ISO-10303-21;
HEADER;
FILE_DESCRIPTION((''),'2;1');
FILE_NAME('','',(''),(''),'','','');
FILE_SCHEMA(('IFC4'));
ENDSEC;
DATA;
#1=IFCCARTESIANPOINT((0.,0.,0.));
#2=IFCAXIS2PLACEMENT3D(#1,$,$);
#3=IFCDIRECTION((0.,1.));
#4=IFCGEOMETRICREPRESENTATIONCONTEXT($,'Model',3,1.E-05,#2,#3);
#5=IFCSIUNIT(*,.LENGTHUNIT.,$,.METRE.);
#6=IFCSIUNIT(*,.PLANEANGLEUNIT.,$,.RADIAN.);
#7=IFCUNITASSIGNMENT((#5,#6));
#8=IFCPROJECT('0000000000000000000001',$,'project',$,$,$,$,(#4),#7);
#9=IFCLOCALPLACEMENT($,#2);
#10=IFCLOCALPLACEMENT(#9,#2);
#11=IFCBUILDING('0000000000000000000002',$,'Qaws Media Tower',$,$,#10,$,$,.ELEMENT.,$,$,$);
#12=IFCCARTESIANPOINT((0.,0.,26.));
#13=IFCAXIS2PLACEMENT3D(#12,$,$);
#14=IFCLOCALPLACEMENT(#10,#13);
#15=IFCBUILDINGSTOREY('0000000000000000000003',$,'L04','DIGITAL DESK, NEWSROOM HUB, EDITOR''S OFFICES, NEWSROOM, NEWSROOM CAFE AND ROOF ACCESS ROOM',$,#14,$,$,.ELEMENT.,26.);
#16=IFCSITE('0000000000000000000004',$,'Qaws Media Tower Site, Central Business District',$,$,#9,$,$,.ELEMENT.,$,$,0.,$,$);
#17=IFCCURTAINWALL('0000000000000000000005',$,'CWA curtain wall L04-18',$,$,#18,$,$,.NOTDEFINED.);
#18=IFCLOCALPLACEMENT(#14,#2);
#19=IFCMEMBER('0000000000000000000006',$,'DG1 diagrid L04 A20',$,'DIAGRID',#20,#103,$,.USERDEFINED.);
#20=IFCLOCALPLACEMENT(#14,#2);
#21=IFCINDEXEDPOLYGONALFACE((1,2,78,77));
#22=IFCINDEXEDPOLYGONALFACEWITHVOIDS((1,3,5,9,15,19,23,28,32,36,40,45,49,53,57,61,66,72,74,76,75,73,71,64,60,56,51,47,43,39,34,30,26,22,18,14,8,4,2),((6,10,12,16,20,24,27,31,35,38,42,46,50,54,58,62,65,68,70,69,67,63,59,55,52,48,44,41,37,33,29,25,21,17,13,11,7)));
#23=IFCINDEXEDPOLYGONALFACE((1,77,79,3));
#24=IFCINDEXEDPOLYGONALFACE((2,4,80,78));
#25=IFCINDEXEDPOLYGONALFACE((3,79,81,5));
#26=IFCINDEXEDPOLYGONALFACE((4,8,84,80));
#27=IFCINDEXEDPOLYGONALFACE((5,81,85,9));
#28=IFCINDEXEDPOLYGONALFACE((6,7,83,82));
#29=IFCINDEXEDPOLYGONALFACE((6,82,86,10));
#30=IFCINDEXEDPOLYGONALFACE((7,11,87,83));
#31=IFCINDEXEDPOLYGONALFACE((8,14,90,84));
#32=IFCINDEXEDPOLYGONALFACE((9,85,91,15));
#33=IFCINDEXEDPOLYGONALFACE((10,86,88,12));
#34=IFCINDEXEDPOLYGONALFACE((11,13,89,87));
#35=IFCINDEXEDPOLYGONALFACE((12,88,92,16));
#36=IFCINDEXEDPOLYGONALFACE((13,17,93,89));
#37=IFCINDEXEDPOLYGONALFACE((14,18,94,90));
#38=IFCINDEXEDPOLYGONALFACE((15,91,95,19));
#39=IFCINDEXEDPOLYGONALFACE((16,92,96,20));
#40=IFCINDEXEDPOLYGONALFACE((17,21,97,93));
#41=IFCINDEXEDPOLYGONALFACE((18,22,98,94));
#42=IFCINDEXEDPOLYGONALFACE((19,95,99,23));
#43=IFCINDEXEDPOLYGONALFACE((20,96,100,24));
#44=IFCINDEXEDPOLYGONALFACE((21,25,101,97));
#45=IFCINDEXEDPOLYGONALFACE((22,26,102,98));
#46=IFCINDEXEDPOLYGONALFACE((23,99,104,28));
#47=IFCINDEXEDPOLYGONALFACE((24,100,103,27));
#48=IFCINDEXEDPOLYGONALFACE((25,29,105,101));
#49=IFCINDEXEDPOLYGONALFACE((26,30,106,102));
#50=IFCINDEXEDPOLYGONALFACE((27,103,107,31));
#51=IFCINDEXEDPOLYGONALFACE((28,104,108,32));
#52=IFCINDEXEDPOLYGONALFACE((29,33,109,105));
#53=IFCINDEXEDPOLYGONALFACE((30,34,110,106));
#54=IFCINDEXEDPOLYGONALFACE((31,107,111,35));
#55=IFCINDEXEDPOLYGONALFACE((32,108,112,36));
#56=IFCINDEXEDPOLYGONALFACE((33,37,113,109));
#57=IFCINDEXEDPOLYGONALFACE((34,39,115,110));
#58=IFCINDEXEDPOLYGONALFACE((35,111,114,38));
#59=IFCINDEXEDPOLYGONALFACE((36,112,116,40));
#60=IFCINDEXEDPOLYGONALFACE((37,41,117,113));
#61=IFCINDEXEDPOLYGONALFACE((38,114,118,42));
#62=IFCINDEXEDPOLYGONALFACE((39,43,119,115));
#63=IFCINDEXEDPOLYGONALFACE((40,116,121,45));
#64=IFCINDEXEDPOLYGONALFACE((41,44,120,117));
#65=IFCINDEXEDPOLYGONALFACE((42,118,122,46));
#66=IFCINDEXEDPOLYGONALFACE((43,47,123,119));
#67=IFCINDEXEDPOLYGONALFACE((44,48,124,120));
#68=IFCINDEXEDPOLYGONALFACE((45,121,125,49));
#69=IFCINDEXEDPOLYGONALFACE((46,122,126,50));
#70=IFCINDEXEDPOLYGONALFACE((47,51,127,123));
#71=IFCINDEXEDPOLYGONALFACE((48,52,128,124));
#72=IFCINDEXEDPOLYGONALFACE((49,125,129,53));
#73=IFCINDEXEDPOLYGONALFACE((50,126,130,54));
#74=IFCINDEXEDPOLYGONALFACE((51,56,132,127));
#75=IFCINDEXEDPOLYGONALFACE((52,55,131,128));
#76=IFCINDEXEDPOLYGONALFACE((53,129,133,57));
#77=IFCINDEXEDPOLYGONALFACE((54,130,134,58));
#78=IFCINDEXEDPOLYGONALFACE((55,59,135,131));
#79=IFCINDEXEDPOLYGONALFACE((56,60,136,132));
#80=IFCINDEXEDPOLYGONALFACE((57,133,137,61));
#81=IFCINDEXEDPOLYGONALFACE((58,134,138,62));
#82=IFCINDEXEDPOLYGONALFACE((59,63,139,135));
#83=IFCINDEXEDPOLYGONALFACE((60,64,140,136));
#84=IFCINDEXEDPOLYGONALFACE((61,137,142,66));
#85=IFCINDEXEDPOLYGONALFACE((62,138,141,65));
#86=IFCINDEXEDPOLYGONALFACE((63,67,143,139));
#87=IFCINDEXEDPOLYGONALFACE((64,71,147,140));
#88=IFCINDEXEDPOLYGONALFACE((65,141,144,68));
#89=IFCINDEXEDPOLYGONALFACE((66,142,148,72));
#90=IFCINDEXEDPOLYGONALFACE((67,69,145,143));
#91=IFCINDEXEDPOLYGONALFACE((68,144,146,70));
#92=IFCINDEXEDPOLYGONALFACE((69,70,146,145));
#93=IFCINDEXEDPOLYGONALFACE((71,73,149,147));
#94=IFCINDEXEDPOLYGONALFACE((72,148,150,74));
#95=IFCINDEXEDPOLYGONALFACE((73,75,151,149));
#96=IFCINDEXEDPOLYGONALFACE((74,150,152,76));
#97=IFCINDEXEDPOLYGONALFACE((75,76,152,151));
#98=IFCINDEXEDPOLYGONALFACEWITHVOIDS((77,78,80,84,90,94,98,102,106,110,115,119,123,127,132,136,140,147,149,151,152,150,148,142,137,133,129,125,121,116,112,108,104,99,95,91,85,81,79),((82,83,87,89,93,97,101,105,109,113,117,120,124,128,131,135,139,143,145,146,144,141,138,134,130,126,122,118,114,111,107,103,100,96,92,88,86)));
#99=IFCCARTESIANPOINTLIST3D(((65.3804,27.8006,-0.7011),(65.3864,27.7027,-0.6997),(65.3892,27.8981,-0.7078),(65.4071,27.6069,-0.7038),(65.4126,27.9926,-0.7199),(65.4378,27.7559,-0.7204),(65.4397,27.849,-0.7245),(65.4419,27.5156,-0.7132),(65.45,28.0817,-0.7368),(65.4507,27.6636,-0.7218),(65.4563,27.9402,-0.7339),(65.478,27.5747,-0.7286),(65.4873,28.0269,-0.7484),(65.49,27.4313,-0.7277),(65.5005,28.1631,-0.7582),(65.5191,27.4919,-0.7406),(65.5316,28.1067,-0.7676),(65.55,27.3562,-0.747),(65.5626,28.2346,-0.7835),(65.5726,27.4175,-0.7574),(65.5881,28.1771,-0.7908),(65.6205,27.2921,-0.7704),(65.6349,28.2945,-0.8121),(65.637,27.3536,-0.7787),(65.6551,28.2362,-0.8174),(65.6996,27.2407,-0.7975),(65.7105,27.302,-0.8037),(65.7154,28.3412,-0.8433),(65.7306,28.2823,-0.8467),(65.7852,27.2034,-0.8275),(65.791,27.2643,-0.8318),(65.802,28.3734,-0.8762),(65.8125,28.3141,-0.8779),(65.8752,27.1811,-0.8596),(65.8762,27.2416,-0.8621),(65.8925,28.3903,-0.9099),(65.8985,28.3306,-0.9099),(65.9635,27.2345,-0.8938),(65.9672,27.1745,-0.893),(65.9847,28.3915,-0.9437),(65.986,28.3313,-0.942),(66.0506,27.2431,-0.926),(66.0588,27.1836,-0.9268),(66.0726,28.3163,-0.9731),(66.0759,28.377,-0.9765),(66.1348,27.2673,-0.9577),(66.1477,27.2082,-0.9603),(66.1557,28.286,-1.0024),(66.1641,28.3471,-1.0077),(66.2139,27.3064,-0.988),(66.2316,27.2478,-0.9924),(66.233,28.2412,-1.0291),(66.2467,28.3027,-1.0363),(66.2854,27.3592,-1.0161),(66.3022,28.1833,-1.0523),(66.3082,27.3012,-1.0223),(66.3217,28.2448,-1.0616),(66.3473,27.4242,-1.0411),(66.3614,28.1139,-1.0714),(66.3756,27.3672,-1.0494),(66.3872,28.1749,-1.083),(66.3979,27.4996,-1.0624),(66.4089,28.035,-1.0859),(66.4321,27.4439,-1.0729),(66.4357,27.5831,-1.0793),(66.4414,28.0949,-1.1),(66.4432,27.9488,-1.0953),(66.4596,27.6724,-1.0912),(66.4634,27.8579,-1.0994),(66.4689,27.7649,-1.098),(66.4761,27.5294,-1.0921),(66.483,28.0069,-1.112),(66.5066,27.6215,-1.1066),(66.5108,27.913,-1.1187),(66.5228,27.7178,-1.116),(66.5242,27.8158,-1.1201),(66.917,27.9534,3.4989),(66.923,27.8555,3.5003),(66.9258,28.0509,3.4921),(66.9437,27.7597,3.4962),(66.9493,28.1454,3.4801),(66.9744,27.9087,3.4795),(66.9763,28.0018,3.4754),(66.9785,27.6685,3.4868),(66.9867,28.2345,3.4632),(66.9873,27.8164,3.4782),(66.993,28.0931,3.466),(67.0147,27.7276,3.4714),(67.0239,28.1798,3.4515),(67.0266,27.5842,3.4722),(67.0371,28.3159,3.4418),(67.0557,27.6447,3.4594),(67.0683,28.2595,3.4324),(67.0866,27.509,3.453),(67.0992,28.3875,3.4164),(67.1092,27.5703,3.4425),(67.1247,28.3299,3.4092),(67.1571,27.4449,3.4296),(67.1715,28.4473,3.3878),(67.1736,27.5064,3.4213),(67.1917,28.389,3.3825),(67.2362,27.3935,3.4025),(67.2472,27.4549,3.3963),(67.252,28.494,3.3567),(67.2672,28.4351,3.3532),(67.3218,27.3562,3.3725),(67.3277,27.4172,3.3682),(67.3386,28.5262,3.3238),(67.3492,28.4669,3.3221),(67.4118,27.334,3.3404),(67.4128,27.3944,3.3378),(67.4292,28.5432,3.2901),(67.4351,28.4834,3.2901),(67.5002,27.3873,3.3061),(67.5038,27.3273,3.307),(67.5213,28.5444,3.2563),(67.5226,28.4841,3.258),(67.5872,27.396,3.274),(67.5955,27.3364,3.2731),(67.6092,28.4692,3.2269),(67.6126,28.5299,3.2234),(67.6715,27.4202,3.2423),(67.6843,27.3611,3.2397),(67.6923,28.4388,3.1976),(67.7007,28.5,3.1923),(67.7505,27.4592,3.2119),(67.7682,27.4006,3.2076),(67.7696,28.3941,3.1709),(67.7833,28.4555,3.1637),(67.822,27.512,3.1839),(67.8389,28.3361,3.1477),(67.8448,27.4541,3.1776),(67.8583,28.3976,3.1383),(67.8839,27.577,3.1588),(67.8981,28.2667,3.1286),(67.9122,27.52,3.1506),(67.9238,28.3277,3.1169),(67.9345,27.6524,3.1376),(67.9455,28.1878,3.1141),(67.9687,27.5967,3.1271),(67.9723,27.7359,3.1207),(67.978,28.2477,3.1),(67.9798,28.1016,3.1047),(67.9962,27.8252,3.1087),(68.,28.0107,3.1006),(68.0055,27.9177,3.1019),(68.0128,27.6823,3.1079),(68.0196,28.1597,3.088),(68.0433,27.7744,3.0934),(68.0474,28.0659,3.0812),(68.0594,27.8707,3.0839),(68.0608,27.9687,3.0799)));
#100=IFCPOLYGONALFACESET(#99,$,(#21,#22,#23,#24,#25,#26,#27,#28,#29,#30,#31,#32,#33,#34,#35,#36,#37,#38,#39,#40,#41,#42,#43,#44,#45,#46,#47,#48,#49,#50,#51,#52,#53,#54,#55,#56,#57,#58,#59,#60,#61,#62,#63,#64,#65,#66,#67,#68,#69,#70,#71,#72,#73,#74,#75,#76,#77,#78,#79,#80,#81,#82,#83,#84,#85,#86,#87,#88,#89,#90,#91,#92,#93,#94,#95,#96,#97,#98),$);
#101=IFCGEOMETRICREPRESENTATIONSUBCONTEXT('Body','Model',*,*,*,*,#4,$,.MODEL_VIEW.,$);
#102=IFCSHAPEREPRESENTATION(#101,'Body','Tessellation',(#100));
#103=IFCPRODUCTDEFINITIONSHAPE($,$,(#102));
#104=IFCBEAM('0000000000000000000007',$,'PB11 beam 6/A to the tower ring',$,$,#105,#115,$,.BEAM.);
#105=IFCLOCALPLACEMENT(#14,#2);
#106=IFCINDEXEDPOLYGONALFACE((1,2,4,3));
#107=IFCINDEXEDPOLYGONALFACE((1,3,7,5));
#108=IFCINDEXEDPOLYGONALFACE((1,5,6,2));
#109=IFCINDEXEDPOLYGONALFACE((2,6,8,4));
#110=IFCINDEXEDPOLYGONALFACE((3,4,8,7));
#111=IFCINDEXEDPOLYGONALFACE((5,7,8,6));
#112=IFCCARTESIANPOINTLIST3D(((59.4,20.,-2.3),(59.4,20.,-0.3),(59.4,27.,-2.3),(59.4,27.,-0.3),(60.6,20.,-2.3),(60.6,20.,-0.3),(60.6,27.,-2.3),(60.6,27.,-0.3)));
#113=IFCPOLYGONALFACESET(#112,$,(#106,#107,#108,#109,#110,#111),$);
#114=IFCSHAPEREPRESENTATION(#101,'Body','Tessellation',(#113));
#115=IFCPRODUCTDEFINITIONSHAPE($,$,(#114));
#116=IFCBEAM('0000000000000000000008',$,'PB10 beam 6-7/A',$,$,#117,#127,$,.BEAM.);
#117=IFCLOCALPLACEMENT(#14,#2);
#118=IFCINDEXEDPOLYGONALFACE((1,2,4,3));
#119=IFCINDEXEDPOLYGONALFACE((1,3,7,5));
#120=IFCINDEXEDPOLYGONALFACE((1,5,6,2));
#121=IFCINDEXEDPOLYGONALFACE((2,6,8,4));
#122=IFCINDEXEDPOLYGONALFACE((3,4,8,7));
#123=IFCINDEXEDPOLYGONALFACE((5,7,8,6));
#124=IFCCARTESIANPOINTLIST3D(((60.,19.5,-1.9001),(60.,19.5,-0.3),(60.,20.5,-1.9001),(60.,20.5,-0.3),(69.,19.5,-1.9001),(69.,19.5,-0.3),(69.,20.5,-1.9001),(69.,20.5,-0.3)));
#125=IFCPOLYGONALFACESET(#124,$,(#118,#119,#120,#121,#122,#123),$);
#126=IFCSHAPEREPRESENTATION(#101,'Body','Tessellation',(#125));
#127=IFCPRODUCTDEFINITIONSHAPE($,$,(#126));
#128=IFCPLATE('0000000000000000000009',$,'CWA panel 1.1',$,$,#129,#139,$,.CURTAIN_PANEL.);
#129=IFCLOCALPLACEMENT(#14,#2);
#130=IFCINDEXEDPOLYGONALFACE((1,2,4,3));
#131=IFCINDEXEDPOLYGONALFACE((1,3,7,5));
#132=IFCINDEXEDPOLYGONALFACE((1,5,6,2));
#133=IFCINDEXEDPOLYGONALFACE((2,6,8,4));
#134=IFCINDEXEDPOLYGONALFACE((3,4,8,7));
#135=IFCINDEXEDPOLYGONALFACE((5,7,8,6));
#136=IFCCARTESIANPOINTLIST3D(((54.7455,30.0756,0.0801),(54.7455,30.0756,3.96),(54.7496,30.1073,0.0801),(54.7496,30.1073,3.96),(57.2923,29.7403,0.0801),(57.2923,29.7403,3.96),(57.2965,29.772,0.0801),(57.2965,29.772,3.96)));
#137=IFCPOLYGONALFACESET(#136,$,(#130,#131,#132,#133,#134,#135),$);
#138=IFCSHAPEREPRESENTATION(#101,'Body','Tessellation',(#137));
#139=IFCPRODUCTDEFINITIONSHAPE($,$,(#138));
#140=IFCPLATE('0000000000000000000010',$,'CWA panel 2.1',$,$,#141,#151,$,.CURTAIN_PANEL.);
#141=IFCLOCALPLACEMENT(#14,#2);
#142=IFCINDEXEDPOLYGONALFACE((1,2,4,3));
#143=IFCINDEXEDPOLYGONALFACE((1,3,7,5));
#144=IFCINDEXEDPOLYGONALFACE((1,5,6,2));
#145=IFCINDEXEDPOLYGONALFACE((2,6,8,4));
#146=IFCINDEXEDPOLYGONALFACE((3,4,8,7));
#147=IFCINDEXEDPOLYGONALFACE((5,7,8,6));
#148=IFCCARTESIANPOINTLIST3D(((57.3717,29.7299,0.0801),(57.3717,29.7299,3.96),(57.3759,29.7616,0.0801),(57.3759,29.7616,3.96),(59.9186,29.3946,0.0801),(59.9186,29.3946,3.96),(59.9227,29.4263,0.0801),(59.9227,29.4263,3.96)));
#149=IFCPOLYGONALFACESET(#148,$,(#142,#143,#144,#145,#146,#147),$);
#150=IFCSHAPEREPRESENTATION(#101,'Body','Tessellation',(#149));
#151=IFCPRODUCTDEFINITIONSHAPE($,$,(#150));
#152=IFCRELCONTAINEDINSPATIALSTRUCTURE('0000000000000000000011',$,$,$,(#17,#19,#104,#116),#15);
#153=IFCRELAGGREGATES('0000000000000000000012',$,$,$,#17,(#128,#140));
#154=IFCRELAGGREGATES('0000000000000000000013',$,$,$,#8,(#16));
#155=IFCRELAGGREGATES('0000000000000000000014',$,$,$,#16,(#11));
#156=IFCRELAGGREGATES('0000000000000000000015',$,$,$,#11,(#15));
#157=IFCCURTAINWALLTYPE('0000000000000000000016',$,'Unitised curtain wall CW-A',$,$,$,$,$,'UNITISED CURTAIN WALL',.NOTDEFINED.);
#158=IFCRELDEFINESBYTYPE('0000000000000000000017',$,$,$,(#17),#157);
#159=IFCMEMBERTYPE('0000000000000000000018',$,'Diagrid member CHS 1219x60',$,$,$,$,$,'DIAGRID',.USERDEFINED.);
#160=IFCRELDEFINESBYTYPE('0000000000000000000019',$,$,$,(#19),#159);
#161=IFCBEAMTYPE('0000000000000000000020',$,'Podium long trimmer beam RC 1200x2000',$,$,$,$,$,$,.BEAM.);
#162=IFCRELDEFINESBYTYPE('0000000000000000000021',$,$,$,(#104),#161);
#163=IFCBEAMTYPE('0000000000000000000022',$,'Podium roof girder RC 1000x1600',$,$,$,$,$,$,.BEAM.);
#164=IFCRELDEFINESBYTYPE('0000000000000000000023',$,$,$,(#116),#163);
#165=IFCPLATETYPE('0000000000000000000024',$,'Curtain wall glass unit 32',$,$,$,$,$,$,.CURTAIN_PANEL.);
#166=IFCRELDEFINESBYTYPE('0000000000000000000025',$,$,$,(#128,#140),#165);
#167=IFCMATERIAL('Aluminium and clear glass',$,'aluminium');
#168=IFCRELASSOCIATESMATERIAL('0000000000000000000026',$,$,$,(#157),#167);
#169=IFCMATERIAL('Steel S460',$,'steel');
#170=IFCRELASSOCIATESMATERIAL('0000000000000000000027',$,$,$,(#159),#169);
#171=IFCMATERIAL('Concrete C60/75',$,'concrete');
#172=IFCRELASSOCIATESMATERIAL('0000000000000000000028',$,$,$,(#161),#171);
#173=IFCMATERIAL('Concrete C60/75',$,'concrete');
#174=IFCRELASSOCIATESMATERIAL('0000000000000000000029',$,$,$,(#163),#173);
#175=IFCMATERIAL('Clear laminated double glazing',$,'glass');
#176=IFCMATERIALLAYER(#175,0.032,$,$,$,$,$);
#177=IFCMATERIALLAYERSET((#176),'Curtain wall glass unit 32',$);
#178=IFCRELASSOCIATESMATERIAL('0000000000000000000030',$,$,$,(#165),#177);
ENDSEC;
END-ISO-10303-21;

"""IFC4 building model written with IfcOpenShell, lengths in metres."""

from ifc_helpers import new_model, si_unit, direction, frame, origin, origin_2d, place, context, subcontext, project, spatial, rectangle, hollow_circle, extrude, material, layer, layer_set, material_profile, profile_set, type_object, element, aggregate, save


model = new_model("IFC4")

# Units and contexts
model_context = context("Model", 3, precision=1e-05, world=origin(), true_north=direction((0.0, 1.0)))
body_context = subcontext(model_context, "Body", "Model", "MODEL_VIEW")
ifc_project = project(units=[si_unit("LENGTHUNIT", "METRE"), si_unit("PLANEANGLEUNIT", "RADIAN")], contexts=[model_context])

# Site, building, storey
site_placement = place(None, origin())
site = spatial("IfcSite", under=ifc_project, at=site_placement, Name="Qaws Media Tower Site, Central Business District", CompositionType="ELEMENT", RefElevation=0.0)
building_placement = place(site_placement, origin())
building = spatial("IfcBuilding", under=site, at=building_placement, Name="Qaws Media Tower", CompositionType="ELEMENT")
storey_placement = place(building_placement, frame((0.0, 0.0, 26.0)))
storey = spatial("IfcBuildingStorey", under=building, at=storey_placement, Name="L04", Description="DIGITAL DESK, NEWSROOM HUB, EDITOR'S OFFICES, NEWSROOM, NEWSROOM CAFE AND ROOF ACCESS ROOM", CompositionType="ELEMENT", Elevation=26.0)

# Shared definitions
ifc_material_1 = material(Name="Aluminium and clear glass", Category="aluminium")
curtain_wall_type = type_object("IfcCurtainWallType", Name="Unitised curtain wall CW-A", ElementType="UNITISED CURTAIN WALL", PredefinedType="NOTDEFINED", material=ifc_material_1)

# Curtain wall
curtain_wall_1_placement = place(storey_placement, origin())
curtain_wall_1 = element("IfcCurtainWall", 1, at=curtain_wall_1_placement, inside=storey, type_object=curtain_wall_type, Name="CWA curtain wall L04-18", PredefinedType="NOTDEFINED")

# Member
ifc_material_2 = material(Name="Steel S460", Category="steel")
ifc_material_profile_1 = material_profile(ifc_material_2, hollow_circle(Radius=0.6096, WallThickness=0.0601, at=origin_2d()), Name="CHS 1219x60")
ifc_profile_set_1 = profile_set([ifc_material_profile_1], Name="Steel S460")
member_type_1 = type_object("IfcMemberType", Name="Diagrid member CHS 1219x60", ElementType="DIAGRID", PredefinedType="USERDEFINED", material=ifc_profile_set_1)
for number, where, z_axis, x_axis, name in (
    (2, (65.9529, 27.7837, -0.9099), (0.343392, 0.034154, 0.938571), (-0.098971, 0.99509, 0.0), "DG1 diagrid L04 A20"),
):
    element("IfcMember", number, at=place(storey_placement, frame(where, z_axis=z_axis, x_axis=x_axis)), inside=storey, type_object=member_type_1, Name=name, ObjectType="DIAGRID", PredefinedType="USERDEFINED", context=body_context, shape_type="SweptSolid", body=[
        extrude(hollow_circle(Radius=0.6096, WallThickness=0.0601, at=origin_2d()), origin(), (0.0, 0.0, 1.0), 4.4749),
    ])

# Beams
ifc_material_3 = material(Name="Concrete C60/75", Category="concrete")
ifc_material_profile_2 = material_profile(ifc_material_3, rectangle(XDim=1.2, YDim=2.0, at=origin_2d()), Name="RC 1200x2000")
ifc_profile_set_2 = profile_set([ifc_material_profile_2], Name="Concrete C60/75")
beam_type_1 = type_object("IfcBeamType", Name="Podium long trimmer beam RC 1200x2000", PredefinedType="BEAM", material=ifc_profile_set_2)
beam_1_placement = place(storey_placement, frame((60.0, 20.0, -1.3), z_axis=(0.0, 1.0, 0.0), x_axis=(-1.0, 0.0, 0.0)))
element("IfcBeam", 3, at=beam_1_placement, inside=storey, type_object=beam_type_1, Name="PB11 beam 6/A to the tower ring", PredefinedType="BEAM", context=body_context, shape_type="SweptSolid", body=[
    extrude(rectangle(XDim=1.2, YDim=2.0, at=origin_2d()), origin(), (0.0, 0.0, 1.0), 7.0),
])
ifc_material_4 = material(Name="Concrete C60/75", Category="concrete")
ifc_material_profile_3 = material_profile(ifc_material_4, rectangle(XDim=1.0, YDim=1.6001, at=origin_2d()), Name="RC 1000x1600")
ifc_profile_set_3 = profile_set([ifc_material_profile_3], Name="Concrete C60/75")
beam_type_2 = type_object("IfcBeamType", Name="Podium roof girder RC 1000x1600", PredefinedType="BEAM", material=ifc_profile_set_3)
beam_2_placement = place(storey_placement, frame((60.0, 20.0, -1.1001), z_axis=(1.0, 0.0, 0.0), x_axis=(0.0, 1.0, 0.0)))
element("IfcBeam", 4, at=beam_2_placement, inside=storey, type_object=beam_type_2, Name="PB10 beam 6-7/A", PredefinedType="BEAM", context=body_context, shape_type="SweptSolid", body=[
    extrude(rectangle(XDim=1.0, YDim=1.6001, at=origin_2d()), origin(), (0.0, 0.0, 1.0), 9.0),
])

# Plates
ifc_material_5 = material(Name="Clear laminated double glazing", Category="glass")
ifc_layer_1 = layer(ifc_material_5, 0.032)
ifc_layer_set_1 = layer_set([ifc_layer_1], Name="Curtain wall glass unit 32")
plate_type = type_object("IfcPlateType", Name="Curtain wall glass unit 32", PredefinedType="CURTAIN_PANEL", material=ifc_layer_set_1)
plate_1_placement = place(storey_placement, frame((56.021, 29.9238, 0.0801), z_axis=(0.0, 0.0, 1.0), x_axis=(0.991445, -0.130526, 0.0)))
plate_1 = element("IfcPlate", 5, at=plate_1_placement, type_object=plate_type, Name="CWA panel 1.1", PredefinedType="CURTAIN_PANEL", context=body_context, shape_type="SweptSolid", body=[
    extrude(rectangle(XDim=2.5688, YDim=0.032, at=origin_2d()), origin(), (0.0, 0.0, 1.0), 3.8799),
])
plate_2_placement = place(storey_placement, frame((58.6472, 29.5781, 0.0801), z_axis=(0.0, 0.0, 1.0), x_axis=(0.991445, -0.130526, 0.0)))
plate_2 = element("IfcPlate", 6, at=plate_2_placement, type_object=plate_type, Name="CWA panel 2.1", PredefinedType="CURTAIN_PANEL", context=body_context, shape_type="SweptSolid", body=[
    extrude(rectangle(XDim=2.5688, YDim=0.032, at=origin_2d()), origin(), (0.0, 0.0, 1.0), 3.8799),
])
aggregate(curtain_wall_1, [plate_1, plate_2])

save(model, "model.ifc")
